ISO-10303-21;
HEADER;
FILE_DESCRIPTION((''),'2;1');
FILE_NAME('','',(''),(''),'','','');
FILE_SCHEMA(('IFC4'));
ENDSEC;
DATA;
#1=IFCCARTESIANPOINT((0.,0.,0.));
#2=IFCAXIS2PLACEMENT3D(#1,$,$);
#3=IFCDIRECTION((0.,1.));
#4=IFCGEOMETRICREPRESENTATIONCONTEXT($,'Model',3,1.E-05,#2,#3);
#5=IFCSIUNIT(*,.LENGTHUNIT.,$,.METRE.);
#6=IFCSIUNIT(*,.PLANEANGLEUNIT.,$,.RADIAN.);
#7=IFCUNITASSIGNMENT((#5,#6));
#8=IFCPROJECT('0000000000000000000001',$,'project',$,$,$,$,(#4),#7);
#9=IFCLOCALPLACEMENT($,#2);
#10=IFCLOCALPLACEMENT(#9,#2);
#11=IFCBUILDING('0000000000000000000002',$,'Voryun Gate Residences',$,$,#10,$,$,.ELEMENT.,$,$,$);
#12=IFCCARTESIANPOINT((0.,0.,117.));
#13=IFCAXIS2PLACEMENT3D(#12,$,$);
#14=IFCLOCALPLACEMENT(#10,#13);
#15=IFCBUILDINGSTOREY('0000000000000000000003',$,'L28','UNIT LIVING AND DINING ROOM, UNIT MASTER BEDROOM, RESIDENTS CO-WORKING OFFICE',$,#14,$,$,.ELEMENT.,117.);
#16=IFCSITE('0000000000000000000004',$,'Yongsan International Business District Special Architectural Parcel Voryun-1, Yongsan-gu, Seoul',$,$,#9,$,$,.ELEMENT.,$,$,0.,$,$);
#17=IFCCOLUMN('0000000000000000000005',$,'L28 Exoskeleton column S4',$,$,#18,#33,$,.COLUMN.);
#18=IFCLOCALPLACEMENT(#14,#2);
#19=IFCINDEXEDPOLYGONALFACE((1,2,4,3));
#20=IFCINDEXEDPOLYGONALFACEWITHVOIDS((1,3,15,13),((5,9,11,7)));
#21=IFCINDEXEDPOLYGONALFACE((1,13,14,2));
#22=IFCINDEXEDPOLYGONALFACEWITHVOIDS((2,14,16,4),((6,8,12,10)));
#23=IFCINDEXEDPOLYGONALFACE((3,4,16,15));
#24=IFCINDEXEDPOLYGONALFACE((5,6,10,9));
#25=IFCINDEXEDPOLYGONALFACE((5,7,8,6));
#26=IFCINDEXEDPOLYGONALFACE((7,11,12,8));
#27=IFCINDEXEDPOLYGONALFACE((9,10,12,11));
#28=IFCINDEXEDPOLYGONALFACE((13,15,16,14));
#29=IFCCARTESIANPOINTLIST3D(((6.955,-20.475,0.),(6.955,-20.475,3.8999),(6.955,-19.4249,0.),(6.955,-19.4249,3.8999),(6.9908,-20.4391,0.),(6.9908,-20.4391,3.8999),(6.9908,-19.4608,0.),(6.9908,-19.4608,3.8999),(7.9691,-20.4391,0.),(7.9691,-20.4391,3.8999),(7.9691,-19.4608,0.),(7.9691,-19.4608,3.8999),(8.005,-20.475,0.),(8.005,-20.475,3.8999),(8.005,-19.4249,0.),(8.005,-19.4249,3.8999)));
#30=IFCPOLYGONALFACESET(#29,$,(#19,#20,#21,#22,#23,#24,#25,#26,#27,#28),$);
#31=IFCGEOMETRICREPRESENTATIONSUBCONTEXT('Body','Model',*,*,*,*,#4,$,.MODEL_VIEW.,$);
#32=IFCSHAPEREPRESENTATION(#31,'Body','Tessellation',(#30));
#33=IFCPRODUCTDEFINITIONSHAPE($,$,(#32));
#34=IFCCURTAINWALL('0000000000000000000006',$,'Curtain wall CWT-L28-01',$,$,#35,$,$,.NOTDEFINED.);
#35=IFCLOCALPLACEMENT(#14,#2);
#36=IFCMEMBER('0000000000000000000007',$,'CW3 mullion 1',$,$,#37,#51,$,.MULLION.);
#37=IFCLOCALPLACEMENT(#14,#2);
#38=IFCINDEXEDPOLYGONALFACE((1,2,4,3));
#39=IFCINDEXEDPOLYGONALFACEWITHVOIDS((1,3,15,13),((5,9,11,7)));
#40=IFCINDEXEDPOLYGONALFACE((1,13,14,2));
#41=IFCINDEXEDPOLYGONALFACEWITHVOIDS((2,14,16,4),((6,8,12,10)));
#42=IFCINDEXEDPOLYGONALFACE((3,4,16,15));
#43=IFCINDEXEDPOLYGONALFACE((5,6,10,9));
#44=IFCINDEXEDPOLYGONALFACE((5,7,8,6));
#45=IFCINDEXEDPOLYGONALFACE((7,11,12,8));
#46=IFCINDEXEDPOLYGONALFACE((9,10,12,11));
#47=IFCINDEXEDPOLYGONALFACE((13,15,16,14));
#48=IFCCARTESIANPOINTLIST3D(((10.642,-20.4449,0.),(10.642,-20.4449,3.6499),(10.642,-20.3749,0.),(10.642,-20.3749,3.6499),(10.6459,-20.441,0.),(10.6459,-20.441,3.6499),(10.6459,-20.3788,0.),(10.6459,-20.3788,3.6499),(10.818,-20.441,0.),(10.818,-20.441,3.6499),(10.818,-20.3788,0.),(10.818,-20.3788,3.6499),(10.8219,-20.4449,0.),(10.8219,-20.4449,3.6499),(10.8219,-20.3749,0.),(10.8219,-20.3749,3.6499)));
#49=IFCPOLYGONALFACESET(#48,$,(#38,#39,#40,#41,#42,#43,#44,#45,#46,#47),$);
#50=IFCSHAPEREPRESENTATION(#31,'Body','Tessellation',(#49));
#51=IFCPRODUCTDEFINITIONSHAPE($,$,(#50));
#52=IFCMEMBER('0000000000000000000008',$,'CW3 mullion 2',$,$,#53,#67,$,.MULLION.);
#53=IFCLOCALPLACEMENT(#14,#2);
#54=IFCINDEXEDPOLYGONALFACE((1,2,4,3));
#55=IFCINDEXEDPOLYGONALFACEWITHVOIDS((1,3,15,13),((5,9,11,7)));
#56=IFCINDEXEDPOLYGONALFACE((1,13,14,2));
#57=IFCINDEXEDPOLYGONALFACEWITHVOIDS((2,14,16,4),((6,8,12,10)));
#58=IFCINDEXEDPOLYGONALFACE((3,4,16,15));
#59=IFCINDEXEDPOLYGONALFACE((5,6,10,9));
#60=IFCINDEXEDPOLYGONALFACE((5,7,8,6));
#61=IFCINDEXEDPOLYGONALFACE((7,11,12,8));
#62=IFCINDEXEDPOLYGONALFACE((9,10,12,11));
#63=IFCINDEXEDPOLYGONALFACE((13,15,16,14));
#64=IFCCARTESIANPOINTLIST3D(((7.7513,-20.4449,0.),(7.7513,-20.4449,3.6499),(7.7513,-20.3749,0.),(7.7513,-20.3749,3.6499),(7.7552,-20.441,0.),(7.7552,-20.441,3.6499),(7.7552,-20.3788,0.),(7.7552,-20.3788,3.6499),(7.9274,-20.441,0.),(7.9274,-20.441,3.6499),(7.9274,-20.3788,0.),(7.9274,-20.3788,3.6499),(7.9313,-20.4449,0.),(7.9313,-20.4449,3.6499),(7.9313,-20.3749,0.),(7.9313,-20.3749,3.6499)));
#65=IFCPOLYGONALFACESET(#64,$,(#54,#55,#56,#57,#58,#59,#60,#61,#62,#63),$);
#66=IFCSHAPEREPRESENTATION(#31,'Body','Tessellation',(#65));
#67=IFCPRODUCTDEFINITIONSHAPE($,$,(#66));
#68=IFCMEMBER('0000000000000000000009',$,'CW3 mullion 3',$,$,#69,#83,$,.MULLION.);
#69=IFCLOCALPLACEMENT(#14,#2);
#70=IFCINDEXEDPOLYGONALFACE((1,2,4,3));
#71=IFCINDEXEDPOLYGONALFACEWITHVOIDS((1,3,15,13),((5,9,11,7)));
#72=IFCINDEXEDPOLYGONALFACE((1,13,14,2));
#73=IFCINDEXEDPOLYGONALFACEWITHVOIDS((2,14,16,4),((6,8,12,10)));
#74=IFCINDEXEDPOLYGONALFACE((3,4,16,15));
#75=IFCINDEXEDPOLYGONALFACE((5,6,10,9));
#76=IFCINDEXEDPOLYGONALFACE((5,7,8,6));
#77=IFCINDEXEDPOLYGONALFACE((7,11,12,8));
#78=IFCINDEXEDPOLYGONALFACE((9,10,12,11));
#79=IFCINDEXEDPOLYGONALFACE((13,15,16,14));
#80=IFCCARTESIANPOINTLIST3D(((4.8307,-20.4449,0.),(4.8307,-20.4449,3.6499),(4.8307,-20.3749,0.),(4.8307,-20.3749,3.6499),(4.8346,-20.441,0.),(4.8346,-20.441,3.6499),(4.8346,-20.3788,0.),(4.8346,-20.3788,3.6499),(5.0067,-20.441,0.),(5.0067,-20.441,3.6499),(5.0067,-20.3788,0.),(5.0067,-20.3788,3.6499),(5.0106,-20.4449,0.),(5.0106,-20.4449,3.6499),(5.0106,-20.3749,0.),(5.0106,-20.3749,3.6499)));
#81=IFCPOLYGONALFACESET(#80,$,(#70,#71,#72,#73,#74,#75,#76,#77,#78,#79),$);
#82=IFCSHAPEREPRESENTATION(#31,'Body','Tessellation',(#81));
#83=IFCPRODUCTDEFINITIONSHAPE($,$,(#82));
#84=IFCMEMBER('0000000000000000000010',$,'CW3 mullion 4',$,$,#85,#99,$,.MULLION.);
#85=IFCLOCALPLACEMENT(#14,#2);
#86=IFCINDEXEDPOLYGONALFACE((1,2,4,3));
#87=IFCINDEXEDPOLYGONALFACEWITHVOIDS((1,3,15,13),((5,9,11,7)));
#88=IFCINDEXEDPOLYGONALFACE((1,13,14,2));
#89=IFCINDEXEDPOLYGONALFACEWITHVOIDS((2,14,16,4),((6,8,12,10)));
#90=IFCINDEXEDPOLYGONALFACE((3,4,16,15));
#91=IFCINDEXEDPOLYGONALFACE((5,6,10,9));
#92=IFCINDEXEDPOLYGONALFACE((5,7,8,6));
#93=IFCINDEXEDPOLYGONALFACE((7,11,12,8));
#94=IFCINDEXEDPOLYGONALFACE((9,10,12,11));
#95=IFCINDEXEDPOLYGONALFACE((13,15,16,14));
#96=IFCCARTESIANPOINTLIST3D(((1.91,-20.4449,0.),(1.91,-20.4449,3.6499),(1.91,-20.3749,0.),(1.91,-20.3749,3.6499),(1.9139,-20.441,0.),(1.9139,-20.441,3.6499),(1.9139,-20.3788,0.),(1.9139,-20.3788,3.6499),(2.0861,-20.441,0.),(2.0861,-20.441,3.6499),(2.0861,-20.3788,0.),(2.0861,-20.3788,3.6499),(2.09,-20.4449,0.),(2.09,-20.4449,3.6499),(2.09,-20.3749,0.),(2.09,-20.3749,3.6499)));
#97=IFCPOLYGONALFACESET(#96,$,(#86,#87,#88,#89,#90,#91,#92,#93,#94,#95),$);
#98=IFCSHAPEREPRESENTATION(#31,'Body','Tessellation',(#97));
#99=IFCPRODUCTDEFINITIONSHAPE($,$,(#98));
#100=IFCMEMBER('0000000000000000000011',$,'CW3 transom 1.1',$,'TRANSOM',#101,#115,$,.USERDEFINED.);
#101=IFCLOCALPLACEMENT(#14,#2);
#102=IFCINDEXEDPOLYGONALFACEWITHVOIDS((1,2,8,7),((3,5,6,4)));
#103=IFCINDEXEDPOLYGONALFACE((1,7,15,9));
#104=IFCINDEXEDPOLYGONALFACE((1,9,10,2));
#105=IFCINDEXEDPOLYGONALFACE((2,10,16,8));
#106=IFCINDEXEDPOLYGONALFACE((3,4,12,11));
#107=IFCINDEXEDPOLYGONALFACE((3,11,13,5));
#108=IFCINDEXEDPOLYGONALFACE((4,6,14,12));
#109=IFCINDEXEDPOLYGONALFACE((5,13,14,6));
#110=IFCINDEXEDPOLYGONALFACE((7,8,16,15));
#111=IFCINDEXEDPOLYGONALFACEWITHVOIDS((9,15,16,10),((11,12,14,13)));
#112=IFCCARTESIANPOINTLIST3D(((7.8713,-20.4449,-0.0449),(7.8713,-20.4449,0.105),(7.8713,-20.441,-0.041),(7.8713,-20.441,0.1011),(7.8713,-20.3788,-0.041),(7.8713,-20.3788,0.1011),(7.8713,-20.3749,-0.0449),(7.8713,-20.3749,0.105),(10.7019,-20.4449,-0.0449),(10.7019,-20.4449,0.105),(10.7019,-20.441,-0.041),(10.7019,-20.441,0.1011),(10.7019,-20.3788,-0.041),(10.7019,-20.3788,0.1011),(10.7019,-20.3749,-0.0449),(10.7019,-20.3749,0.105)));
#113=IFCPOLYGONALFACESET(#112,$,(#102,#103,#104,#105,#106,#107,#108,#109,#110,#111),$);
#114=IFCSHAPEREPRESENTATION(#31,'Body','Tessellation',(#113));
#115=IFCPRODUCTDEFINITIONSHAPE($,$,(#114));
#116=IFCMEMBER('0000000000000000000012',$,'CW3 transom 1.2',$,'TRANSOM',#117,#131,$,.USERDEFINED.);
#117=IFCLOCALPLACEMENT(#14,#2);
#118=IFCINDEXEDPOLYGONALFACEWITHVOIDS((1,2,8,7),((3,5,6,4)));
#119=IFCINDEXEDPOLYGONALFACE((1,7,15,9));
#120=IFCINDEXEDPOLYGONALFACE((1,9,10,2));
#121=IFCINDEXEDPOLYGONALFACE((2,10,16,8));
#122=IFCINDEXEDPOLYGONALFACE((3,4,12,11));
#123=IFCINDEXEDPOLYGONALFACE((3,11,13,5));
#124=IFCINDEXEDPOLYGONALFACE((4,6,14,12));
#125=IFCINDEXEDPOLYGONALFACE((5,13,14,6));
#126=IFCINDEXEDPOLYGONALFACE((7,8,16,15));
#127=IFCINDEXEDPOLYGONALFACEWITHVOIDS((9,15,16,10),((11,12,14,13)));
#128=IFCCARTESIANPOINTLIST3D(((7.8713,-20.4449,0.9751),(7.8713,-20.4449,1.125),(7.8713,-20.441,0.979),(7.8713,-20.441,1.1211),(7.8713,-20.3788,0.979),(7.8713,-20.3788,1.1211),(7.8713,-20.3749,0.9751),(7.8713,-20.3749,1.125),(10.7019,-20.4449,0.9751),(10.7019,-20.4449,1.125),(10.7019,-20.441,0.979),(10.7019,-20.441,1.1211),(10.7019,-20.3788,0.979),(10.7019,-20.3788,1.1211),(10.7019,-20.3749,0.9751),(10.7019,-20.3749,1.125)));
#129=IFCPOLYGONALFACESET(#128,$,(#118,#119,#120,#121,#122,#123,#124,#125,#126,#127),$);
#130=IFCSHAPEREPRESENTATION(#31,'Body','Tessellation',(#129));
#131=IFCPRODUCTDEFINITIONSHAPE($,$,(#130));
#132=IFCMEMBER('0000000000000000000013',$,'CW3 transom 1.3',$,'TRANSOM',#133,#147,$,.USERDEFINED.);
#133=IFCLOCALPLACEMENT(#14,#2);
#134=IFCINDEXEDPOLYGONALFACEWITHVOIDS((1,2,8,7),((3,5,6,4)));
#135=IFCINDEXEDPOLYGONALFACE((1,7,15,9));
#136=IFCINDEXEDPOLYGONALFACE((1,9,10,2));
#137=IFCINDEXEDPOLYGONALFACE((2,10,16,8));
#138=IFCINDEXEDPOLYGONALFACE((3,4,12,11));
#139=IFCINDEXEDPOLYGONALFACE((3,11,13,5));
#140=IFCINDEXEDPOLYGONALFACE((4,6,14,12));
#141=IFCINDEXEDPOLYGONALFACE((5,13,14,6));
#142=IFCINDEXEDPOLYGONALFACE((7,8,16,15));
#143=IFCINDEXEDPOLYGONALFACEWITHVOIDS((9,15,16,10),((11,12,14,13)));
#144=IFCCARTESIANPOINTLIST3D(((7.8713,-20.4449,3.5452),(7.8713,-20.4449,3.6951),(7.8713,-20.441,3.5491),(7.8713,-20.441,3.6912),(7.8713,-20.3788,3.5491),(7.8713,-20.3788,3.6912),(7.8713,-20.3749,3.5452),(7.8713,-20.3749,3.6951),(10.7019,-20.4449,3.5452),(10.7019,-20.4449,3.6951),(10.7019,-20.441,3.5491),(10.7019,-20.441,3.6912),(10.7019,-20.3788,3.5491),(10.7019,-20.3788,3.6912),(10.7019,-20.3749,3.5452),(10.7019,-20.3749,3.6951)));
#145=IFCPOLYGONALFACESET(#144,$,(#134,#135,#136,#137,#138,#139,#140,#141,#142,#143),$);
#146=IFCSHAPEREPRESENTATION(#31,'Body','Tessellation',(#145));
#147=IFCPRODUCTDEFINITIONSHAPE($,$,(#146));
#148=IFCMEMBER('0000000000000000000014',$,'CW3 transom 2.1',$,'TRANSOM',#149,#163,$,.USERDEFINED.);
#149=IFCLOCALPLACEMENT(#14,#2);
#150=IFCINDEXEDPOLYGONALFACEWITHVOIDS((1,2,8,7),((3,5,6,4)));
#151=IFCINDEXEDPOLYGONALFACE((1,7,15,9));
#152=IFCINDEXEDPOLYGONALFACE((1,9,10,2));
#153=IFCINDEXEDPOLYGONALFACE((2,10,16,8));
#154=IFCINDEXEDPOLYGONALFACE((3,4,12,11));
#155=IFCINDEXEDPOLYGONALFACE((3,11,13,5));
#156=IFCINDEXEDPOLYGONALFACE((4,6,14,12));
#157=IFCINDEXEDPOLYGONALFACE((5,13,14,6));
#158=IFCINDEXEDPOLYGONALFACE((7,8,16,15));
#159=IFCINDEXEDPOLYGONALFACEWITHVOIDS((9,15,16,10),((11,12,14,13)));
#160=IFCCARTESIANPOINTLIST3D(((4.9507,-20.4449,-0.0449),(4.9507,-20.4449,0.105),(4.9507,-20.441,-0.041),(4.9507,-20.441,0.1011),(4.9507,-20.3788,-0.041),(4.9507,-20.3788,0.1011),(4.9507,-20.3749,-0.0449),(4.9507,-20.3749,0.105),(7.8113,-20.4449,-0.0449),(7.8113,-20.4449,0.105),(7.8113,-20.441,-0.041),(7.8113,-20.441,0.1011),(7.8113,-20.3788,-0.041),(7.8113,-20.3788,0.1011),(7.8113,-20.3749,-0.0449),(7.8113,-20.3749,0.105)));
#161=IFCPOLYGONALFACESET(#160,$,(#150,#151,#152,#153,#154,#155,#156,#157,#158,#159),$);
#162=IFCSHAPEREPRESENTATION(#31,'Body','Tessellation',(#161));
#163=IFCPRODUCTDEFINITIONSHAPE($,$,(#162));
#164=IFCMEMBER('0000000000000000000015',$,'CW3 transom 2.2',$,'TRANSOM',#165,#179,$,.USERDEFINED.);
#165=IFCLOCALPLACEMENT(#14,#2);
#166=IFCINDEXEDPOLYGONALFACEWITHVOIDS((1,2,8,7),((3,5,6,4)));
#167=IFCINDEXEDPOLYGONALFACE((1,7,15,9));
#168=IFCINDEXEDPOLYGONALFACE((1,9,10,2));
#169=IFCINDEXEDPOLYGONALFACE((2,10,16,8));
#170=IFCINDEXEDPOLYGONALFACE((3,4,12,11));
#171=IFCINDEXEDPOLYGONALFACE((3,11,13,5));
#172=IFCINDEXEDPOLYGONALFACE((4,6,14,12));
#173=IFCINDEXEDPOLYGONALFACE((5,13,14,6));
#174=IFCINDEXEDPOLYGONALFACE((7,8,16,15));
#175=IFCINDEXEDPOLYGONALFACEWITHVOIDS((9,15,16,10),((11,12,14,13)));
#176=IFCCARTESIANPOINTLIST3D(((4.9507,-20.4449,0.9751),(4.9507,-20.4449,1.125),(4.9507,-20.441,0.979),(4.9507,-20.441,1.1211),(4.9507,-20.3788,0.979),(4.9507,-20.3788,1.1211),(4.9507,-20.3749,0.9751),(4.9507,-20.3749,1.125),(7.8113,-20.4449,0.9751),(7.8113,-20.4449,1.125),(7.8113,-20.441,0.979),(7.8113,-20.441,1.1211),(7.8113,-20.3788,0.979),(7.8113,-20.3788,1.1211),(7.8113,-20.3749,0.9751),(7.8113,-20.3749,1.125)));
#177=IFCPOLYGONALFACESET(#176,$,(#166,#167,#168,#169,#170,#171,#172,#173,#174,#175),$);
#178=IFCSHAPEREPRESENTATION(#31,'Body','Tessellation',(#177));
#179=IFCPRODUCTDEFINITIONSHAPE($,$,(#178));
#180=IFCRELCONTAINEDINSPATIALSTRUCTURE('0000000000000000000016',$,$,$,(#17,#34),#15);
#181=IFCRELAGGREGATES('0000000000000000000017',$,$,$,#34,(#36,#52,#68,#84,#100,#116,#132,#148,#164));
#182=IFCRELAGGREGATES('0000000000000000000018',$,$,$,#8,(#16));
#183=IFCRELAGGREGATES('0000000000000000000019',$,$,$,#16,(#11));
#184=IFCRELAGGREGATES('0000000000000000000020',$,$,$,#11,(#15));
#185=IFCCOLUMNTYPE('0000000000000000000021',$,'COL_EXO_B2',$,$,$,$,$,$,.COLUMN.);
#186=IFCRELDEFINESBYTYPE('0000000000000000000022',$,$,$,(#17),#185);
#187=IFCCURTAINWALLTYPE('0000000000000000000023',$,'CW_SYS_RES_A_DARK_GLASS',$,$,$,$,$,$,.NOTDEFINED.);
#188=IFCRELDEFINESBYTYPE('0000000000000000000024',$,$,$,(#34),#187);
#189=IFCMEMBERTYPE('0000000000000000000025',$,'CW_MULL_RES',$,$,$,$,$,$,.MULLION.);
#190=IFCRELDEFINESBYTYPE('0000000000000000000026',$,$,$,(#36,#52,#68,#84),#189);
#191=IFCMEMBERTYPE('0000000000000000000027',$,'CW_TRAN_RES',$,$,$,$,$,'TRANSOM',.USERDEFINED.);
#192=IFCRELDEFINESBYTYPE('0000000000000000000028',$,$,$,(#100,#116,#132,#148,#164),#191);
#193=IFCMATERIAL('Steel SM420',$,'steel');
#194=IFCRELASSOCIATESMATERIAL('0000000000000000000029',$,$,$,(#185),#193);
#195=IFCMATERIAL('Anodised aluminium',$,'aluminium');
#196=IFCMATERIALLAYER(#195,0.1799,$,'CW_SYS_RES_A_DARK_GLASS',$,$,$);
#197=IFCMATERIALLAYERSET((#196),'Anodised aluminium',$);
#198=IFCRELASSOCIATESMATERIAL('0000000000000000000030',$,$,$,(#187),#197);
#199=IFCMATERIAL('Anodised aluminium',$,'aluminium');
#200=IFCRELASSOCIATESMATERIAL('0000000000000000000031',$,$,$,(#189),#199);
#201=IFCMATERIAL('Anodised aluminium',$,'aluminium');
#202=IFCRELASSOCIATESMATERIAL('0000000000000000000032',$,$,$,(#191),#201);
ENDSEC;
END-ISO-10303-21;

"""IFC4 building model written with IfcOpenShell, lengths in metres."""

from ifc_helpers import new_model, si_unit, direction, frame, origin, origin_2d, place, context, subcontext, project, spatial, hollow_rectangle, extrude, material, layer, layer_set, material_profile, profile_set, type_object, element, aggregate, save


model = new_model("IFC4")

# Units and contexts
model_context = context("Model", 3, precision=1e-05, world=origin(), true_north=direction((0.0, 1.0)))
body_context = subcontext(model_context, "Body", "Model", "MODEL_VIEW")
ifc_project = project(units=[si_unit("LENGTHUNIT", "METRE"), si_unit("PLANEANGLEUNIT", "RADIAN")], contexts=[model_context])

# Site, building, storey
site_placement = place(None, origin())
site = spatial("IfcSite", under=ifc_project, at=site_placement, Name="Yongsan International Business District Special Architectural Parcel Voryun-1, Yongsan-gu, Seoul", CompositionType="ELEMENT", RefElevation=0.0)
building_placement = place(site_placement, origin())
building = spatial("IfcBuilding", under=site, at=building_placement, Name="Voryun Gate Residences", CompositionType="ELEMENT")
storey_placement = place(building_placement, frame((0.0, 0.0, 117.0)))
storey = spatial("IfcBuildingStorey", under=building, at=storey_placement, Name="L28", Description="UNIT LIVING AND DINING ROOM, UNIT MASTER BEDROOM, RESIDENTS CO-WORKING OFFICE", CompositionType="ELEMENT", Elevation=117.0)

# Column
ifc_material_1 = material(Name="Steel SM420", Category="steel")
ifc_material_profile_1 = material_profile(ifc_material_1, hollow_rectangle(XDim=1.05, YDim=1.05, WallThickness=0.0359, at=origin_2d()), Name="BOX-1050x1050x36")
ifc_profile_set_1 = profile_set([ifc_material_profile_1], Name="Steel SM420")
column_type = type_object("IfcColumnType", Name="COL_EXO_B2", PredefinedType="COLUMN", material=ifc_profile_set_1)
column_placement = place(storey_placement, frame((7.48, -19.95, 0.0), z_axis=(0.0, 0.0, 1.0), x_axis=(1.0, 0.0, 0.0)))
element("IfcColumn", 1, at=column_placement, inside=storey, type_object=column_type, Name="L28 Exoskeleton column S4", PredefinedType="COLUMN", context=body_context, shape_type="SweptSolid", body=[
    extrude(hollow_rectangle(XDim=1.05, YDim=1.05, WallThickness=0.0359, at=origin_2d()), origin(), (0.0, 0.0, 1.0), 3.8999),
])

# Curtain wall, members
ifc_material_2 = material(Name="Anodised aluminium", Category="aluminium")
ifc_layer_1 = layer(ifc_material_2, 0.1799, Name="CW_SYS_RES_A_DARK_GLASS")
ifc_layer_set_1 = layer_set([ifc_layer_1], Name="Anodised aluminium")
curtain_wall_type = type_object("IfcCurtainWallType", Name="CW_SYS_RES_A_DARK_GLASS", PredefinedType="NOTDEFINED", material=ifc_layer_set_1)
curtain_wall_placement = place(storey_placement, origin())
curtain_wall = element("IfcCurtainWall", 2, at=curtain_wall_placement, inside=storey, type_object=curtain_wall_type, Name="Curtain wall CWT-L28-01", PredefinedType="NOTDEFINED")
ifc_material_3 = material(Name="Anodised aluminium", Category="aluminium")
ifc_material_profile_2 = material_profile(ifc_material_3, hollow_rectangle(XDim=0.0701, YDim=0.1799, WallThickness=0.0039, at=origin_2d()), Name="ALU-MULL-180x70x4")
ifc_profile_set_2 = profile_set([ifc_material_profile_2], Name="Anodised aluminium")
member_type_1 = type_object("IfcMemberType", Name="CW_MULL_RES", PredefinedType="MULLION", material=ifc_profile_set_2)
member_1_placement = place(storey_placement, frame((10.7319, -20.4099, 0.0), z_axis=(0.0, 0.0, 1.0), x_axis=(0.0, -1.0, 0.0)))
member_1 = element("IfcMember", 3, at=member_1_placement, type_object=member_type_1, Name="CW3 mullion 1", PredefinedType="MULLION", context=body_context, shape_type="SweptSolid", body=[
    extrude(hollow_rectangle(XDim=0.0701, YDim=0.1799, WallThickness=0.0039, at=origin_2d()), origin(), (0.0, 0.0, 1.0), 3.6499),
])
member_2_placement = place(storey_placement, frame((7.8413, -20.4099, 0.0), z_axis=(0.0, 0.0, 1.0), x_axis=(0.0, -1.0, 0.0)))
member_2 = element("IfcMember", 4, at=member_2_placement, type_object=member_type_1, Name="CW3 mullion 2", PredefinedType="MULLION", context=body_context, shape_type="SweptSolid", body=[
    extrude(hollow_rectangle(XDim=0.0701, YDim=0.1799, WallThickness=0.0039, at=origin_2d()), origin(), (0.0, 0.0, 1.0), 3.6499),
])
member_3_placement = place(storey_placement, frame((4.9207, -20.4099, 0.0), z_axis=(0.0, 0.0, 1.0), x_axis=(0.0, -1.0, 0.0)))
member_3 = element("IfcMember", 5, at=member_3_placement, type_object=member_type_1, Name="CW3 mullion 3", PredefinedType="MULLION", context=body_context, shape_type="SweptSolid", body=[
    extrude(hollow_rectangle(XDim=0.0701, YDim=0.1799, WallThickness=0.0039, at=origin_2d()), origin(), (0.0, 0.0, 1.0), 3.6499),
])
member_4_placement = place(storey_placement, frame((2.0, -20.4099, 0.0), z_axis=(0.0, 0.0, 1.0), x_axis=(0.0, -1.0, 0.0)))
member_4 = element("IfcMember", 6, at=member_4_placement, type_object=member_type_1, Name="CW3 mullion 4", PredefinedType="MULLION", context=body_context, shape_type="SweptSolid", body=[
    extrude(hollow_rectangle(XDim=0.0701, YDim=0.1799, WallThickness=0.0039, at=origin_2d()), origin(), (0.0, 0.0, 1.0), 3.6499),
])
ifc_material_4 = material(Name="Anodised aluminium", Category="aluminium")
ifc_material_profile_3 = material_profile(ifc_material_4, hollow_rectangle(XDim=0.0701, YDim=0.1499, WallThickness=0.0039, at=origin_2d()), Name="ALU-TRAN-150x70x4")
ifc_profile_set_3 = profile_set([ifc_material_profile_3], Name="Anodised aluminium")
member_type_2 = type_object("IfcMemberType", Name="CW_TRAN_RES", ElementType="TRANSOM", PredefinedType="USERDEFINED", material=ifc_profile_set_3)
member_5_placement = place(storey_placement, frame((10.7019, -20.4099, 0.03), z_axis=(-1.0, 0.0, 0.0), x_axis=(0.0, -1.0, 0.0)))
member_5 = element("IfcMember", 7, at=member_5_placement, type_object=member_type_2, Name="CW3 transom 1.1", ObjectType="TRANSOM", PredefinedType="USERDEFINED", context=body_context, shape_type="SweptSolid", body=[
    extrude(hollow_rectangle(XDim=0.0701, YDim=0.1499, WallThickness=0.0039, at=origin_2d()), origin(), (0.0, 0.0, 1.0), 2.8306),
])
member_6_placement = place(storey_placement, frame((10.7019, -20.4099, 1.05), z_axis=(-1.0, 0.0, 0.0), x_axis=(0.0, -1.0, 0.0)))
member_6 = element("IfcMember", 8, at=member_6_placement, type_object=member_type_2, Name="CW3 transom 1.2", ObjectType="TRANSOM", PredefinedType="USERDEFINED", context=body_context, shape_type="SweptSolid", body=[
    extrude(hollow_rectangle(XDim=0.0701, YDim=0.1499, WallThickness=0.0039, at=origin_2d()), origin(), (0.0, 0.0, 1.0), 2.8306),
])
member_7_placement = place(storey_placement, frame((10.7019, -20.4099, 3.6201), z_axis=(-1.0, 0.0, 0.0), x_axis=(0.0, -1.0, 0.0)))
member_7 = element("IfcMember", 9, at=member_7_placement, type_object=member_type_2, Name="CW3 transom 1.3", ObjectType="TRANSOM", PredefinedType="USERDEFINED", context=body_context, shape_type="SweptSolid", body=[
    extrude(hollow_rectangle(XDim=0.0701, YDim=0.1499, WallThickness=0.0039, at=origin_2d()), origin(), (0.0, 0.0, 1.0), 2.8306),
])
member_8_placement = place(storey_placement, frame((7.8113, -20.4099, 0.03), z_axis=(-1.0, 0.0, 0.0), x_axis=(0.0, -1.0, 0.0)))
member_8 = element("IfcMember", 10, at=member_8_placement, type_object=member_type_2, Name="CW3 transom 2.1", ObjectType="TRANSOM", PredefinedType="USERDEFINED", context=body_context, shape_type="SweptSolid", body=[
    extrude(hollow_rectangle(XDim=0.0701, YDim=0.1499, WallThickness=0.0039, at=origin_2d()), origin(), (0.0, 0.0, 1.0), 2.8606),
])
member_9_placement = place(storey_placement, frame((7.8113, -20.4099, 1.05), z_axis=(-1.0, 0.0, 0.0), x_axis=(0.0, -1.0, 0.0)))
member_9 = element("IfcMember", 11, at=member_9_placement, type_object=member_type_2, Name="CW3 transom 2.2", ObjectType="TRANSOM", PredefinedType="USERDEFINED", context=body_context, shape_type="SweptSolid", body=[
    extrude(hollow_rectangle(XDim=0.0701, YDim=0.1499, WallThickness=0.0039, at=origin_2d()), origin(), (0.0, 0.0, 1.0), 2.8606),
])
aggregate(curtain_wall, [member_1, member_2, member_3, member_4, member_5, member_6, member_7, member_8, member_9])

save(model, "model.ifc")
